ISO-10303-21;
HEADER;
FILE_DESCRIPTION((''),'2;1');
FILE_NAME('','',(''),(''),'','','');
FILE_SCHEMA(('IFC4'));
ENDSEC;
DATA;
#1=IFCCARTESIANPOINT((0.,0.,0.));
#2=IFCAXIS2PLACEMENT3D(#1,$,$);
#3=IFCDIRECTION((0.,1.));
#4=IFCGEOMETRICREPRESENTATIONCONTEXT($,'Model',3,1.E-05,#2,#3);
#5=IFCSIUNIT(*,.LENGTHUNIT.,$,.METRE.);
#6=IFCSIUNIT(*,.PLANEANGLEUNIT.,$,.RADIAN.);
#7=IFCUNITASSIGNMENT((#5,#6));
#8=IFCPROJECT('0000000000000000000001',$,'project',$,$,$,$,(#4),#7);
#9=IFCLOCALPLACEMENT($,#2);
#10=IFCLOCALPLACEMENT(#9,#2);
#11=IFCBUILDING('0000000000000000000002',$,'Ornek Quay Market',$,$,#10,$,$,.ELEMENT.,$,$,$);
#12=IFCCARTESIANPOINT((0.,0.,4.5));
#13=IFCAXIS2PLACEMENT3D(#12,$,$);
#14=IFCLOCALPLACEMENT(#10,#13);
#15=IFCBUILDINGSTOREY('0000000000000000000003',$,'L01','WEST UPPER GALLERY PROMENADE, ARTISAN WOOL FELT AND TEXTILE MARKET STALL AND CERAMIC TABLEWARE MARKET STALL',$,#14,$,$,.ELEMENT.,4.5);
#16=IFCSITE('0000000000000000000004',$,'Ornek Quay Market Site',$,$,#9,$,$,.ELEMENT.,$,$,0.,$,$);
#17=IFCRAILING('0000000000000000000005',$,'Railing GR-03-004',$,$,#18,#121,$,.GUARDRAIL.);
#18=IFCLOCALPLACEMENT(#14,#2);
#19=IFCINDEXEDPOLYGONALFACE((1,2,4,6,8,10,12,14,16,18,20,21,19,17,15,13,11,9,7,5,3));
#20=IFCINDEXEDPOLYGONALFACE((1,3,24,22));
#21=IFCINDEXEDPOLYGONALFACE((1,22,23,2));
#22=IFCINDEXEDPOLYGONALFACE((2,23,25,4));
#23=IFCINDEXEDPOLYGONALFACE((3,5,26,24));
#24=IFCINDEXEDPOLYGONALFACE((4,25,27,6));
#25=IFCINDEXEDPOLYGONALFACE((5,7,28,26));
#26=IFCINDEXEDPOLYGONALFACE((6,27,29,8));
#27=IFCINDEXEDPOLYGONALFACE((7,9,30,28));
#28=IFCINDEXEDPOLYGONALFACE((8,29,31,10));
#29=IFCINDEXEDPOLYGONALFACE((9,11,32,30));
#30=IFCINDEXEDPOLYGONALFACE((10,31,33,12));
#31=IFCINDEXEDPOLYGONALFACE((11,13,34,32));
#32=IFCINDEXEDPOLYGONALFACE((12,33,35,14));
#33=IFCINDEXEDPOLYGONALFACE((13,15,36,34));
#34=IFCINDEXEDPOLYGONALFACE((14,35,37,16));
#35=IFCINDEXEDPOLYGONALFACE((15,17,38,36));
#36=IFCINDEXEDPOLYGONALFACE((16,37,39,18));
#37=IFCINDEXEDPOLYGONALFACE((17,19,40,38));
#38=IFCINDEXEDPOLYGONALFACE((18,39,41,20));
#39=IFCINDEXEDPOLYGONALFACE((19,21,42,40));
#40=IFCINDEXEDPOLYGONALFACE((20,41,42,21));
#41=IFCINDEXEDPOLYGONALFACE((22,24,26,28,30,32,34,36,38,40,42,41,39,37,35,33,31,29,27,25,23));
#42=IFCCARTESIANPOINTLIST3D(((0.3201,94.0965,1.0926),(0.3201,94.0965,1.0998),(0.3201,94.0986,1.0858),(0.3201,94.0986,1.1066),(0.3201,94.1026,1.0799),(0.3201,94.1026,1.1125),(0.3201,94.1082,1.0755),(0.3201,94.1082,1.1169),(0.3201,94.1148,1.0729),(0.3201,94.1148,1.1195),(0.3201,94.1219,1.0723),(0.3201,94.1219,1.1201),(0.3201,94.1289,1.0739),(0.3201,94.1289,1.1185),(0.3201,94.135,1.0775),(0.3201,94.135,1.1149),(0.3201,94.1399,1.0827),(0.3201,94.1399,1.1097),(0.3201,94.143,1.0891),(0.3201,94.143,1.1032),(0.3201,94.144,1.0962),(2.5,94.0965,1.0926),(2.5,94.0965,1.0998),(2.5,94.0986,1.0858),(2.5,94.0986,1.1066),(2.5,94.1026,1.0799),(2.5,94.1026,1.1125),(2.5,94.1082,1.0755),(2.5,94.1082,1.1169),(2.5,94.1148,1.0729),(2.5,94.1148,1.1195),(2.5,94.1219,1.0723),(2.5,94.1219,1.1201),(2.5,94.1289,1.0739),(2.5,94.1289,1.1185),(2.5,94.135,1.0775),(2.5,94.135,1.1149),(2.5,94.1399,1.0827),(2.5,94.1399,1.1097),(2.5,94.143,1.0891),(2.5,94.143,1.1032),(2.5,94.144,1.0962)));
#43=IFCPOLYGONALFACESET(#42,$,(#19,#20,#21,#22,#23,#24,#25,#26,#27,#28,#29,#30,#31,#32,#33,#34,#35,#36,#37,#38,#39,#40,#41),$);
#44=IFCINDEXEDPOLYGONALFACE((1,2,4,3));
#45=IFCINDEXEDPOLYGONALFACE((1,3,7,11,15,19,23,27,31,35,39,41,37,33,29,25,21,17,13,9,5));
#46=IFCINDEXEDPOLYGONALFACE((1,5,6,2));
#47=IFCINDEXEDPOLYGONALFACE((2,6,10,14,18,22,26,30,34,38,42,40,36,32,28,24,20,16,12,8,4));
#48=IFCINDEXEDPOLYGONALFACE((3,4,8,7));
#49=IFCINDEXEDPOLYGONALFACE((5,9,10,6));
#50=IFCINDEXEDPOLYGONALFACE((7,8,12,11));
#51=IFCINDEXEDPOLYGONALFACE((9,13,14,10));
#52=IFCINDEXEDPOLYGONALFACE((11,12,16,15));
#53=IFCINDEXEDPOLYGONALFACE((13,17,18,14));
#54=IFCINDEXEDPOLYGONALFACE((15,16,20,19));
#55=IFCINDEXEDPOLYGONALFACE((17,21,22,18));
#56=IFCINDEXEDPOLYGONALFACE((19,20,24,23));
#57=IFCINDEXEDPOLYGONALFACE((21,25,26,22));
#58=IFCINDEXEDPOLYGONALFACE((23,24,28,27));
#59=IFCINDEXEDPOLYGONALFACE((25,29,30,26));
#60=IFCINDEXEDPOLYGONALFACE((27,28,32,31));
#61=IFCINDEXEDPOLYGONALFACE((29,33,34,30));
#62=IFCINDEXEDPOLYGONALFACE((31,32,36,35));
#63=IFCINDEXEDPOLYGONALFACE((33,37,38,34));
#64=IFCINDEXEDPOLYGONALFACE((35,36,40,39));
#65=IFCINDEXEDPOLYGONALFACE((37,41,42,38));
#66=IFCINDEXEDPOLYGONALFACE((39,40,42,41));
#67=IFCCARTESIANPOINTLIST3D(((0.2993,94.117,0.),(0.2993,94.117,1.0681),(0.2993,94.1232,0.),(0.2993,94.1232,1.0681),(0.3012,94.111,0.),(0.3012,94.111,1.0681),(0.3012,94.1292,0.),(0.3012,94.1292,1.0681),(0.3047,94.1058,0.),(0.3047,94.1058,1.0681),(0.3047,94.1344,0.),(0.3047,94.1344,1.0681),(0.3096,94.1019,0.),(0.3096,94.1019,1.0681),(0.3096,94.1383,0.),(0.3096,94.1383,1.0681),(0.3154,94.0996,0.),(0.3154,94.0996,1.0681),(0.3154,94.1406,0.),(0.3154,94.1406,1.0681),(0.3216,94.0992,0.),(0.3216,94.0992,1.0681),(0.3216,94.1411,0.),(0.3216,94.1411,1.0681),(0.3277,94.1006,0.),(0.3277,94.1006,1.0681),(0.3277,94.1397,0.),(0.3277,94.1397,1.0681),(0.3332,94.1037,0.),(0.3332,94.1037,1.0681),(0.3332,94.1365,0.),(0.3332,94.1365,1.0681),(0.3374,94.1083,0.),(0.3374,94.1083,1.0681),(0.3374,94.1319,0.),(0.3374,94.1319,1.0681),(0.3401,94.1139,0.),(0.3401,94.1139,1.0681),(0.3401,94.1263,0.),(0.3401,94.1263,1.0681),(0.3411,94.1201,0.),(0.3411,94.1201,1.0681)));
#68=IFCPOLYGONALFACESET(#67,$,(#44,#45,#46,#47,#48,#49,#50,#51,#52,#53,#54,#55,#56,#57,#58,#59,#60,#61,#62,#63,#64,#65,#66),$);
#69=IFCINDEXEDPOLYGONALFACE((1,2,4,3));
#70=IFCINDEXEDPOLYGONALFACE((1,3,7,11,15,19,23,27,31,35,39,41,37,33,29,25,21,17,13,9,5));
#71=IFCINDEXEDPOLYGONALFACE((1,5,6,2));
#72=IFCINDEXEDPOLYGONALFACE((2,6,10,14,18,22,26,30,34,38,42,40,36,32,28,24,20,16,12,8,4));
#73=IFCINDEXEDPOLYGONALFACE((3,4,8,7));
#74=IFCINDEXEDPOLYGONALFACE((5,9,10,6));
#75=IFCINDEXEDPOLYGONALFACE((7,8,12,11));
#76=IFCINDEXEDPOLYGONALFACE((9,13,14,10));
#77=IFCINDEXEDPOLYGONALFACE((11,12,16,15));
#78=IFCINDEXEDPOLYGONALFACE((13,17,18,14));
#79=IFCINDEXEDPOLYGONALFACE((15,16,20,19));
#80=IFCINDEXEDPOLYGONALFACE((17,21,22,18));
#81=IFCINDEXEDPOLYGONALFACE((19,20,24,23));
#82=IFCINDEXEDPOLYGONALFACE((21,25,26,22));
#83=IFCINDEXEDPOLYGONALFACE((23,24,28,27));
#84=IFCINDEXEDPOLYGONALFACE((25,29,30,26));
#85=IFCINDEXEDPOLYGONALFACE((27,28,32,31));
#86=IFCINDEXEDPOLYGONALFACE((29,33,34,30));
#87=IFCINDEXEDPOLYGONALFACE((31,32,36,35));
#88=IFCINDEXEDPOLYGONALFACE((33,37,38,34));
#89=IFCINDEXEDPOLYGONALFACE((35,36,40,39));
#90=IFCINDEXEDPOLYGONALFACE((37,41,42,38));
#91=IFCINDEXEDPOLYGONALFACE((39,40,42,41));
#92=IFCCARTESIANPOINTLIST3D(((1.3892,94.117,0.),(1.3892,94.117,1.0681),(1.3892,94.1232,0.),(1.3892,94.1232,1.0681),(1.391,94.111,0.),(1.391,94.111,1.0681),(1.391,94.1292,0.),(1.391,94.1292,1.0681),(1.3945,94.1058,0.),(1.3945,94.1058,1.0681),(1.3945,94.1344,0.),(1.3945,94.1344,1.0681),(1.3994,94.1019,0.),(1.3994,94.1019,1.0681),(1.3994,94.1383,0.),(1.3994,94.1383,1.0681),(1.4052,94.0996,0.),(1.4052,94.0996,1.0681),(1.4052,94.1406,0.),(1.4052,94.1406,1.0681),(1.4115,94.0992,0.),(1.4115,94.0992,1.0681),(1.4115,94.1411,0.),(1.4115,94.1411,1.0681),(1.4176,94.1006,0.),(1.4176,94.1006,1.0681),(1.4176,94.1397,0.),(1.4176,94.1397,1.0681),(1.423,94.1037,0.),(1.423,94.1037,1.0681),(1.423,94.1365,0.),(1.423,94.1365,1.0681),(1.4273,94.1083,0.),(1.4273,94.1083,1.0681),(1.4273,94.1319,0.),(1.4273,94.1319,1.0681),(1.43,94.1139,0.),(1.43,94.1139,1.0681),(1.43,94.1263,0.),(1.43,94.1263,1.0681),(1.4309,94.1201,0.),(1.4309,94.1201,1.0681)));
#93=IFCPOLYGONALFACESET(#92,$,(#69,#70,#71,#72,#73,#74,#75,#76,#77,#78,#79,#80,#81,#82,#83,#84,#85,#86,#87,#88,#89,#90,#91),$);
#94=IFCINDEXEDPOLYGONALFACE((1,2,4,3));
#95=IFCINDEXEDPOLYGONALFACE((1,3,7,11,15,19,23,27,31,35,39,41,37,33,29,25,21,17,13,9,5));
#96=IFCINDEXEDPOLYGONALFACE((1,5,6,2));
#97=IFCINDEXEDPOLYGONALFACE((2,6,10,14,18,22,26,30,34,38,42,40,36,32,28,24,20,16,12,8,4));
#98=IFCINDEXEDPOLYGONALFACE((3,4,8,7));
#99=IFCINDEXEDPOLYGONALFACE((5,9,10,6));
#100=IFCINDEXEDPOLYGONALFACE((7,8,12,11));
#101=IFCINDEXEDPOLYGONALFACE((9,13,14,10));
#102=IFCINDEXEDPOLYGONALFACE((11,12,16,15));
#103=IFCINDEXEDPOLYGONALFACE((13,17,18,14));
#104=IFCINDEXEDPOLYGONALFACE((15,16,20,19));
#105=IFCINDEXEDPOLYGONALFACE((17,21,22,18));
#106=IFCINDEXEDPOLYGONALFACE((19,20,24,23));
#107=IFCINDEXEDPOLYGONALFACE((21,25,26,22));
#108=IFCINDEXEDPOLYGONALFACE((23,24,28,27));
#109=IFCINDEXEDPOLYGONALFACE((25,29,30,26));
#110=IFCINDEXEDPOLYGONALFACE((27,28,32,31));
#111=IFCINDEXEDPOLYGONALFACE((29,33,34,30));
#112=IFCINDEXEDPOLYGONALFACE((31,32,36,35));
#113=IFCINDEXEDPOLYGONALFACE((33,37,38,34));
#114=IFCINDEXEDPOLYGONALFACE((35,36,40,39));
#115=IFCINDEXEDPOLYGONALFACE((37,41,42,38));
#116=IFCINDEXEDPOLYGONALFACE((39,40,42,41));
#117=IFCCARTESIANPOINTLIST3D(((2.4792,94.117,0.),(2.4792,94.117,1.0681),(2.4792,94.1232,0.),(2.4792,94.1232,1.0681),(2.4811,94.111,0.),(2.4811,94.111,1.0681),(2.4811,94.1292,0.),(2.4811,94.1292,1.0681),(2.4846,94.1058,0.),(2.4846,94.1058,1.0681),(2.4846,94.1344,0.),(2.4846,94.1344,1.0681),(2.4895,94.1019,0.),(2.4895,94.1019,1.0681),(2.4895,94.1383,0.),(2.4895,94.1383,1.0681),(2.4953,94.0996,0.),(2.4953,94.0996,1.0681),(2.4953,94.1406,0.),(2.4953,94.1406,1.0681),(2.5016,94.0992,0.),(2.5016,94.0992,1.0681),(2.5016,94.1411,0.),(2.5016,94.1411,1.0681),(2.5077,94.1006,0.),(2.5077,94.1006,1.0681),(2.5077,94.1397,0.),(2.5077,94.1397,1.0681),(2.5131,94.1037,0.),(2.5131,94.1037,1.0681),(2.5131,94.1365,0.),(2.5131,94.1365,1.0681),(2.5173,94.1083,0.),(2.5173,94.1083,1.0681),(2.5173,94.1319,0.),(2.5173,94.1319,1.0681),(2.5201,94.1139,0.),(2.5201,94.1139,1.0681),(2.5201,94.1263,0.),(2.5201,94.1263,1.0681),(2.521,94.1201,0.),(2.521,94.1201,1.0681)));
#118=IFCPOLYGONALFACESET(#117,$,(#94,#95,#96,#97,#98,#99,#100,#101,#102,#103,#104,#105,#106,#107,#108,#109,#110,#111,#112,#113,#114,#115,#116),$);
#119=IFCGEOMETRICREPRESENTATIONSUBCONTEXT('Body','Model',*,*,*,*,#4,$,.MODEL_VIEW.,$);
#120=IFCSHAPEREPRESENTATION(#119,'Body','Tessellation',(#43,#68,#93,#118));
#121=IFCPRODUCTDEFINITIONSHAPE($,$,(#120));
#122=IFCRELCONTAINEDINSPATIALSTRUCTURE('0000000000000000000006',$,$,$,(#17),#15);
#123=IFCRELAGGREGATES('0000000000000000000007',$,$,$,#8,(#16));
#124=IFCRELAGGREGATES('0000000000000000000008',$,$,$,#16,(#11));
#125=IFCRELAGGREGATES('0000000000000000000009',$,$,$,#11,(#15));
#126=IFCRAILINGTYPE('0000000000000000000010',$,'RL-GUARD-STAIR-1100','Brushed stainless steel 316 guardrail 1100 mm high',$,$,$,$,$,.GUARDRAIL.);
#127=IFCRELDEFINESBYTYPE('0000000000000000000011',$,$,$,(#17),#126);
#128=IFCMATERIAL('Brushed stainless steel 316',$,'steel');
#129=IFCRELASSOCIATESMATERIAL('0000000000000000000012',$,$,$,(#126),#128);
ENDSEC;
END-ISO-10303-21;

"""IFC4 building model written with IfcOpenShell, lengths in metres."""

from ifc_helpers import new_model, si_unit, direction, frame, origin, origin_2d, place, context, subcontext, project, spatial, circle, extrude, material, type_object, element, save


model = new_model("IFC4")

# Units and contexts
model_context = context("Model", 3, precision=1e-05, world=origin(), true_north=direction((0.0, 1.0)))
body_context = subcontext(model_context, "Body", "Model", "MODEL_VIEW")
ifc_project = project(units=[si_unit("LENGTHUNIT", "METRE"), si_unit("PLANEANGLEUNIT", "RADIAN")], contexts=[model_context])

# Site, building, storey
site_placement = place(None, origin())
site = spatial("IfcSite", under=ifc_project, at=site_placement, Name="Ornek Quay Market Site", CompositionType="ELEMENT", RefElevation=0.0)
building_placement = place(site_placement, origin())
building = spatial("IfcBuilding", under=site, at=building_placement, Name="Ornek Quay Market", CompositionType="ELEMENT")
storey_placement = place(building_placement, frame((0.0, 0.0, 4.5)))
storey = spatial("IfcBuildingStorey", under=building, at=storey_placement, Name="L01", Description="WEST UPPER GALLERY PROMENADE, ARTISAN WOOL FELT AND TEXTILE MARKET STALL AND CERAMIC TABLEWARE MARKET STALL", CompositionType="ELEMENT", Elevation=4.5)

# Railing
ifc_material_1 = material(Name="Brushed stainless steel 316", Category="steel")
railing_type = type_object("IfcRailingType", Name="RL-GUARD-STAIR-1100", Description="Brushed stainless steel 316 guardrail 1100 mm high", PredefinedType="GUARDRAIL", material=ifc_material_1)
railing_placement = place(storey_placement, frame((0.3201, 94.1201, 0.0)))
element("IfcRailing", 1, at=railing_placement, inside=storey, type_object=railing_type, Name="Railing GR-03-004", PredefinedType="GUARDRAIL", context=body_context, shape_type="SweptSolid", body=[
    extrude(circle(Radius=0.0239, at=origin_2d()), frame((0.0, 0.0, 1.0962), z_axis=(1.0, 0.0, 0.0), x_axis=(0.0, 1.0, 0.0)), (0.0, 0.0, 1.0), 2.1799),
    extrude(circle(Radius=0.021, at=origin_2d()), origin(), (0.0, 0.0, 1.0), 1.0681),
    extrude(circle(Radius=0.021, at=origin_2d()), frame((1.0898, 0.0, 0.0)), (0.0, 0.0, 1.0), 1.0681),
    extrude(circle(Radius=0.021, at=origin_2d()), frame((2.1799, 0.0, 0.0)), (0.0, 0.0, 1.0), 1.0681),
])

save(model, "model.ifc")
